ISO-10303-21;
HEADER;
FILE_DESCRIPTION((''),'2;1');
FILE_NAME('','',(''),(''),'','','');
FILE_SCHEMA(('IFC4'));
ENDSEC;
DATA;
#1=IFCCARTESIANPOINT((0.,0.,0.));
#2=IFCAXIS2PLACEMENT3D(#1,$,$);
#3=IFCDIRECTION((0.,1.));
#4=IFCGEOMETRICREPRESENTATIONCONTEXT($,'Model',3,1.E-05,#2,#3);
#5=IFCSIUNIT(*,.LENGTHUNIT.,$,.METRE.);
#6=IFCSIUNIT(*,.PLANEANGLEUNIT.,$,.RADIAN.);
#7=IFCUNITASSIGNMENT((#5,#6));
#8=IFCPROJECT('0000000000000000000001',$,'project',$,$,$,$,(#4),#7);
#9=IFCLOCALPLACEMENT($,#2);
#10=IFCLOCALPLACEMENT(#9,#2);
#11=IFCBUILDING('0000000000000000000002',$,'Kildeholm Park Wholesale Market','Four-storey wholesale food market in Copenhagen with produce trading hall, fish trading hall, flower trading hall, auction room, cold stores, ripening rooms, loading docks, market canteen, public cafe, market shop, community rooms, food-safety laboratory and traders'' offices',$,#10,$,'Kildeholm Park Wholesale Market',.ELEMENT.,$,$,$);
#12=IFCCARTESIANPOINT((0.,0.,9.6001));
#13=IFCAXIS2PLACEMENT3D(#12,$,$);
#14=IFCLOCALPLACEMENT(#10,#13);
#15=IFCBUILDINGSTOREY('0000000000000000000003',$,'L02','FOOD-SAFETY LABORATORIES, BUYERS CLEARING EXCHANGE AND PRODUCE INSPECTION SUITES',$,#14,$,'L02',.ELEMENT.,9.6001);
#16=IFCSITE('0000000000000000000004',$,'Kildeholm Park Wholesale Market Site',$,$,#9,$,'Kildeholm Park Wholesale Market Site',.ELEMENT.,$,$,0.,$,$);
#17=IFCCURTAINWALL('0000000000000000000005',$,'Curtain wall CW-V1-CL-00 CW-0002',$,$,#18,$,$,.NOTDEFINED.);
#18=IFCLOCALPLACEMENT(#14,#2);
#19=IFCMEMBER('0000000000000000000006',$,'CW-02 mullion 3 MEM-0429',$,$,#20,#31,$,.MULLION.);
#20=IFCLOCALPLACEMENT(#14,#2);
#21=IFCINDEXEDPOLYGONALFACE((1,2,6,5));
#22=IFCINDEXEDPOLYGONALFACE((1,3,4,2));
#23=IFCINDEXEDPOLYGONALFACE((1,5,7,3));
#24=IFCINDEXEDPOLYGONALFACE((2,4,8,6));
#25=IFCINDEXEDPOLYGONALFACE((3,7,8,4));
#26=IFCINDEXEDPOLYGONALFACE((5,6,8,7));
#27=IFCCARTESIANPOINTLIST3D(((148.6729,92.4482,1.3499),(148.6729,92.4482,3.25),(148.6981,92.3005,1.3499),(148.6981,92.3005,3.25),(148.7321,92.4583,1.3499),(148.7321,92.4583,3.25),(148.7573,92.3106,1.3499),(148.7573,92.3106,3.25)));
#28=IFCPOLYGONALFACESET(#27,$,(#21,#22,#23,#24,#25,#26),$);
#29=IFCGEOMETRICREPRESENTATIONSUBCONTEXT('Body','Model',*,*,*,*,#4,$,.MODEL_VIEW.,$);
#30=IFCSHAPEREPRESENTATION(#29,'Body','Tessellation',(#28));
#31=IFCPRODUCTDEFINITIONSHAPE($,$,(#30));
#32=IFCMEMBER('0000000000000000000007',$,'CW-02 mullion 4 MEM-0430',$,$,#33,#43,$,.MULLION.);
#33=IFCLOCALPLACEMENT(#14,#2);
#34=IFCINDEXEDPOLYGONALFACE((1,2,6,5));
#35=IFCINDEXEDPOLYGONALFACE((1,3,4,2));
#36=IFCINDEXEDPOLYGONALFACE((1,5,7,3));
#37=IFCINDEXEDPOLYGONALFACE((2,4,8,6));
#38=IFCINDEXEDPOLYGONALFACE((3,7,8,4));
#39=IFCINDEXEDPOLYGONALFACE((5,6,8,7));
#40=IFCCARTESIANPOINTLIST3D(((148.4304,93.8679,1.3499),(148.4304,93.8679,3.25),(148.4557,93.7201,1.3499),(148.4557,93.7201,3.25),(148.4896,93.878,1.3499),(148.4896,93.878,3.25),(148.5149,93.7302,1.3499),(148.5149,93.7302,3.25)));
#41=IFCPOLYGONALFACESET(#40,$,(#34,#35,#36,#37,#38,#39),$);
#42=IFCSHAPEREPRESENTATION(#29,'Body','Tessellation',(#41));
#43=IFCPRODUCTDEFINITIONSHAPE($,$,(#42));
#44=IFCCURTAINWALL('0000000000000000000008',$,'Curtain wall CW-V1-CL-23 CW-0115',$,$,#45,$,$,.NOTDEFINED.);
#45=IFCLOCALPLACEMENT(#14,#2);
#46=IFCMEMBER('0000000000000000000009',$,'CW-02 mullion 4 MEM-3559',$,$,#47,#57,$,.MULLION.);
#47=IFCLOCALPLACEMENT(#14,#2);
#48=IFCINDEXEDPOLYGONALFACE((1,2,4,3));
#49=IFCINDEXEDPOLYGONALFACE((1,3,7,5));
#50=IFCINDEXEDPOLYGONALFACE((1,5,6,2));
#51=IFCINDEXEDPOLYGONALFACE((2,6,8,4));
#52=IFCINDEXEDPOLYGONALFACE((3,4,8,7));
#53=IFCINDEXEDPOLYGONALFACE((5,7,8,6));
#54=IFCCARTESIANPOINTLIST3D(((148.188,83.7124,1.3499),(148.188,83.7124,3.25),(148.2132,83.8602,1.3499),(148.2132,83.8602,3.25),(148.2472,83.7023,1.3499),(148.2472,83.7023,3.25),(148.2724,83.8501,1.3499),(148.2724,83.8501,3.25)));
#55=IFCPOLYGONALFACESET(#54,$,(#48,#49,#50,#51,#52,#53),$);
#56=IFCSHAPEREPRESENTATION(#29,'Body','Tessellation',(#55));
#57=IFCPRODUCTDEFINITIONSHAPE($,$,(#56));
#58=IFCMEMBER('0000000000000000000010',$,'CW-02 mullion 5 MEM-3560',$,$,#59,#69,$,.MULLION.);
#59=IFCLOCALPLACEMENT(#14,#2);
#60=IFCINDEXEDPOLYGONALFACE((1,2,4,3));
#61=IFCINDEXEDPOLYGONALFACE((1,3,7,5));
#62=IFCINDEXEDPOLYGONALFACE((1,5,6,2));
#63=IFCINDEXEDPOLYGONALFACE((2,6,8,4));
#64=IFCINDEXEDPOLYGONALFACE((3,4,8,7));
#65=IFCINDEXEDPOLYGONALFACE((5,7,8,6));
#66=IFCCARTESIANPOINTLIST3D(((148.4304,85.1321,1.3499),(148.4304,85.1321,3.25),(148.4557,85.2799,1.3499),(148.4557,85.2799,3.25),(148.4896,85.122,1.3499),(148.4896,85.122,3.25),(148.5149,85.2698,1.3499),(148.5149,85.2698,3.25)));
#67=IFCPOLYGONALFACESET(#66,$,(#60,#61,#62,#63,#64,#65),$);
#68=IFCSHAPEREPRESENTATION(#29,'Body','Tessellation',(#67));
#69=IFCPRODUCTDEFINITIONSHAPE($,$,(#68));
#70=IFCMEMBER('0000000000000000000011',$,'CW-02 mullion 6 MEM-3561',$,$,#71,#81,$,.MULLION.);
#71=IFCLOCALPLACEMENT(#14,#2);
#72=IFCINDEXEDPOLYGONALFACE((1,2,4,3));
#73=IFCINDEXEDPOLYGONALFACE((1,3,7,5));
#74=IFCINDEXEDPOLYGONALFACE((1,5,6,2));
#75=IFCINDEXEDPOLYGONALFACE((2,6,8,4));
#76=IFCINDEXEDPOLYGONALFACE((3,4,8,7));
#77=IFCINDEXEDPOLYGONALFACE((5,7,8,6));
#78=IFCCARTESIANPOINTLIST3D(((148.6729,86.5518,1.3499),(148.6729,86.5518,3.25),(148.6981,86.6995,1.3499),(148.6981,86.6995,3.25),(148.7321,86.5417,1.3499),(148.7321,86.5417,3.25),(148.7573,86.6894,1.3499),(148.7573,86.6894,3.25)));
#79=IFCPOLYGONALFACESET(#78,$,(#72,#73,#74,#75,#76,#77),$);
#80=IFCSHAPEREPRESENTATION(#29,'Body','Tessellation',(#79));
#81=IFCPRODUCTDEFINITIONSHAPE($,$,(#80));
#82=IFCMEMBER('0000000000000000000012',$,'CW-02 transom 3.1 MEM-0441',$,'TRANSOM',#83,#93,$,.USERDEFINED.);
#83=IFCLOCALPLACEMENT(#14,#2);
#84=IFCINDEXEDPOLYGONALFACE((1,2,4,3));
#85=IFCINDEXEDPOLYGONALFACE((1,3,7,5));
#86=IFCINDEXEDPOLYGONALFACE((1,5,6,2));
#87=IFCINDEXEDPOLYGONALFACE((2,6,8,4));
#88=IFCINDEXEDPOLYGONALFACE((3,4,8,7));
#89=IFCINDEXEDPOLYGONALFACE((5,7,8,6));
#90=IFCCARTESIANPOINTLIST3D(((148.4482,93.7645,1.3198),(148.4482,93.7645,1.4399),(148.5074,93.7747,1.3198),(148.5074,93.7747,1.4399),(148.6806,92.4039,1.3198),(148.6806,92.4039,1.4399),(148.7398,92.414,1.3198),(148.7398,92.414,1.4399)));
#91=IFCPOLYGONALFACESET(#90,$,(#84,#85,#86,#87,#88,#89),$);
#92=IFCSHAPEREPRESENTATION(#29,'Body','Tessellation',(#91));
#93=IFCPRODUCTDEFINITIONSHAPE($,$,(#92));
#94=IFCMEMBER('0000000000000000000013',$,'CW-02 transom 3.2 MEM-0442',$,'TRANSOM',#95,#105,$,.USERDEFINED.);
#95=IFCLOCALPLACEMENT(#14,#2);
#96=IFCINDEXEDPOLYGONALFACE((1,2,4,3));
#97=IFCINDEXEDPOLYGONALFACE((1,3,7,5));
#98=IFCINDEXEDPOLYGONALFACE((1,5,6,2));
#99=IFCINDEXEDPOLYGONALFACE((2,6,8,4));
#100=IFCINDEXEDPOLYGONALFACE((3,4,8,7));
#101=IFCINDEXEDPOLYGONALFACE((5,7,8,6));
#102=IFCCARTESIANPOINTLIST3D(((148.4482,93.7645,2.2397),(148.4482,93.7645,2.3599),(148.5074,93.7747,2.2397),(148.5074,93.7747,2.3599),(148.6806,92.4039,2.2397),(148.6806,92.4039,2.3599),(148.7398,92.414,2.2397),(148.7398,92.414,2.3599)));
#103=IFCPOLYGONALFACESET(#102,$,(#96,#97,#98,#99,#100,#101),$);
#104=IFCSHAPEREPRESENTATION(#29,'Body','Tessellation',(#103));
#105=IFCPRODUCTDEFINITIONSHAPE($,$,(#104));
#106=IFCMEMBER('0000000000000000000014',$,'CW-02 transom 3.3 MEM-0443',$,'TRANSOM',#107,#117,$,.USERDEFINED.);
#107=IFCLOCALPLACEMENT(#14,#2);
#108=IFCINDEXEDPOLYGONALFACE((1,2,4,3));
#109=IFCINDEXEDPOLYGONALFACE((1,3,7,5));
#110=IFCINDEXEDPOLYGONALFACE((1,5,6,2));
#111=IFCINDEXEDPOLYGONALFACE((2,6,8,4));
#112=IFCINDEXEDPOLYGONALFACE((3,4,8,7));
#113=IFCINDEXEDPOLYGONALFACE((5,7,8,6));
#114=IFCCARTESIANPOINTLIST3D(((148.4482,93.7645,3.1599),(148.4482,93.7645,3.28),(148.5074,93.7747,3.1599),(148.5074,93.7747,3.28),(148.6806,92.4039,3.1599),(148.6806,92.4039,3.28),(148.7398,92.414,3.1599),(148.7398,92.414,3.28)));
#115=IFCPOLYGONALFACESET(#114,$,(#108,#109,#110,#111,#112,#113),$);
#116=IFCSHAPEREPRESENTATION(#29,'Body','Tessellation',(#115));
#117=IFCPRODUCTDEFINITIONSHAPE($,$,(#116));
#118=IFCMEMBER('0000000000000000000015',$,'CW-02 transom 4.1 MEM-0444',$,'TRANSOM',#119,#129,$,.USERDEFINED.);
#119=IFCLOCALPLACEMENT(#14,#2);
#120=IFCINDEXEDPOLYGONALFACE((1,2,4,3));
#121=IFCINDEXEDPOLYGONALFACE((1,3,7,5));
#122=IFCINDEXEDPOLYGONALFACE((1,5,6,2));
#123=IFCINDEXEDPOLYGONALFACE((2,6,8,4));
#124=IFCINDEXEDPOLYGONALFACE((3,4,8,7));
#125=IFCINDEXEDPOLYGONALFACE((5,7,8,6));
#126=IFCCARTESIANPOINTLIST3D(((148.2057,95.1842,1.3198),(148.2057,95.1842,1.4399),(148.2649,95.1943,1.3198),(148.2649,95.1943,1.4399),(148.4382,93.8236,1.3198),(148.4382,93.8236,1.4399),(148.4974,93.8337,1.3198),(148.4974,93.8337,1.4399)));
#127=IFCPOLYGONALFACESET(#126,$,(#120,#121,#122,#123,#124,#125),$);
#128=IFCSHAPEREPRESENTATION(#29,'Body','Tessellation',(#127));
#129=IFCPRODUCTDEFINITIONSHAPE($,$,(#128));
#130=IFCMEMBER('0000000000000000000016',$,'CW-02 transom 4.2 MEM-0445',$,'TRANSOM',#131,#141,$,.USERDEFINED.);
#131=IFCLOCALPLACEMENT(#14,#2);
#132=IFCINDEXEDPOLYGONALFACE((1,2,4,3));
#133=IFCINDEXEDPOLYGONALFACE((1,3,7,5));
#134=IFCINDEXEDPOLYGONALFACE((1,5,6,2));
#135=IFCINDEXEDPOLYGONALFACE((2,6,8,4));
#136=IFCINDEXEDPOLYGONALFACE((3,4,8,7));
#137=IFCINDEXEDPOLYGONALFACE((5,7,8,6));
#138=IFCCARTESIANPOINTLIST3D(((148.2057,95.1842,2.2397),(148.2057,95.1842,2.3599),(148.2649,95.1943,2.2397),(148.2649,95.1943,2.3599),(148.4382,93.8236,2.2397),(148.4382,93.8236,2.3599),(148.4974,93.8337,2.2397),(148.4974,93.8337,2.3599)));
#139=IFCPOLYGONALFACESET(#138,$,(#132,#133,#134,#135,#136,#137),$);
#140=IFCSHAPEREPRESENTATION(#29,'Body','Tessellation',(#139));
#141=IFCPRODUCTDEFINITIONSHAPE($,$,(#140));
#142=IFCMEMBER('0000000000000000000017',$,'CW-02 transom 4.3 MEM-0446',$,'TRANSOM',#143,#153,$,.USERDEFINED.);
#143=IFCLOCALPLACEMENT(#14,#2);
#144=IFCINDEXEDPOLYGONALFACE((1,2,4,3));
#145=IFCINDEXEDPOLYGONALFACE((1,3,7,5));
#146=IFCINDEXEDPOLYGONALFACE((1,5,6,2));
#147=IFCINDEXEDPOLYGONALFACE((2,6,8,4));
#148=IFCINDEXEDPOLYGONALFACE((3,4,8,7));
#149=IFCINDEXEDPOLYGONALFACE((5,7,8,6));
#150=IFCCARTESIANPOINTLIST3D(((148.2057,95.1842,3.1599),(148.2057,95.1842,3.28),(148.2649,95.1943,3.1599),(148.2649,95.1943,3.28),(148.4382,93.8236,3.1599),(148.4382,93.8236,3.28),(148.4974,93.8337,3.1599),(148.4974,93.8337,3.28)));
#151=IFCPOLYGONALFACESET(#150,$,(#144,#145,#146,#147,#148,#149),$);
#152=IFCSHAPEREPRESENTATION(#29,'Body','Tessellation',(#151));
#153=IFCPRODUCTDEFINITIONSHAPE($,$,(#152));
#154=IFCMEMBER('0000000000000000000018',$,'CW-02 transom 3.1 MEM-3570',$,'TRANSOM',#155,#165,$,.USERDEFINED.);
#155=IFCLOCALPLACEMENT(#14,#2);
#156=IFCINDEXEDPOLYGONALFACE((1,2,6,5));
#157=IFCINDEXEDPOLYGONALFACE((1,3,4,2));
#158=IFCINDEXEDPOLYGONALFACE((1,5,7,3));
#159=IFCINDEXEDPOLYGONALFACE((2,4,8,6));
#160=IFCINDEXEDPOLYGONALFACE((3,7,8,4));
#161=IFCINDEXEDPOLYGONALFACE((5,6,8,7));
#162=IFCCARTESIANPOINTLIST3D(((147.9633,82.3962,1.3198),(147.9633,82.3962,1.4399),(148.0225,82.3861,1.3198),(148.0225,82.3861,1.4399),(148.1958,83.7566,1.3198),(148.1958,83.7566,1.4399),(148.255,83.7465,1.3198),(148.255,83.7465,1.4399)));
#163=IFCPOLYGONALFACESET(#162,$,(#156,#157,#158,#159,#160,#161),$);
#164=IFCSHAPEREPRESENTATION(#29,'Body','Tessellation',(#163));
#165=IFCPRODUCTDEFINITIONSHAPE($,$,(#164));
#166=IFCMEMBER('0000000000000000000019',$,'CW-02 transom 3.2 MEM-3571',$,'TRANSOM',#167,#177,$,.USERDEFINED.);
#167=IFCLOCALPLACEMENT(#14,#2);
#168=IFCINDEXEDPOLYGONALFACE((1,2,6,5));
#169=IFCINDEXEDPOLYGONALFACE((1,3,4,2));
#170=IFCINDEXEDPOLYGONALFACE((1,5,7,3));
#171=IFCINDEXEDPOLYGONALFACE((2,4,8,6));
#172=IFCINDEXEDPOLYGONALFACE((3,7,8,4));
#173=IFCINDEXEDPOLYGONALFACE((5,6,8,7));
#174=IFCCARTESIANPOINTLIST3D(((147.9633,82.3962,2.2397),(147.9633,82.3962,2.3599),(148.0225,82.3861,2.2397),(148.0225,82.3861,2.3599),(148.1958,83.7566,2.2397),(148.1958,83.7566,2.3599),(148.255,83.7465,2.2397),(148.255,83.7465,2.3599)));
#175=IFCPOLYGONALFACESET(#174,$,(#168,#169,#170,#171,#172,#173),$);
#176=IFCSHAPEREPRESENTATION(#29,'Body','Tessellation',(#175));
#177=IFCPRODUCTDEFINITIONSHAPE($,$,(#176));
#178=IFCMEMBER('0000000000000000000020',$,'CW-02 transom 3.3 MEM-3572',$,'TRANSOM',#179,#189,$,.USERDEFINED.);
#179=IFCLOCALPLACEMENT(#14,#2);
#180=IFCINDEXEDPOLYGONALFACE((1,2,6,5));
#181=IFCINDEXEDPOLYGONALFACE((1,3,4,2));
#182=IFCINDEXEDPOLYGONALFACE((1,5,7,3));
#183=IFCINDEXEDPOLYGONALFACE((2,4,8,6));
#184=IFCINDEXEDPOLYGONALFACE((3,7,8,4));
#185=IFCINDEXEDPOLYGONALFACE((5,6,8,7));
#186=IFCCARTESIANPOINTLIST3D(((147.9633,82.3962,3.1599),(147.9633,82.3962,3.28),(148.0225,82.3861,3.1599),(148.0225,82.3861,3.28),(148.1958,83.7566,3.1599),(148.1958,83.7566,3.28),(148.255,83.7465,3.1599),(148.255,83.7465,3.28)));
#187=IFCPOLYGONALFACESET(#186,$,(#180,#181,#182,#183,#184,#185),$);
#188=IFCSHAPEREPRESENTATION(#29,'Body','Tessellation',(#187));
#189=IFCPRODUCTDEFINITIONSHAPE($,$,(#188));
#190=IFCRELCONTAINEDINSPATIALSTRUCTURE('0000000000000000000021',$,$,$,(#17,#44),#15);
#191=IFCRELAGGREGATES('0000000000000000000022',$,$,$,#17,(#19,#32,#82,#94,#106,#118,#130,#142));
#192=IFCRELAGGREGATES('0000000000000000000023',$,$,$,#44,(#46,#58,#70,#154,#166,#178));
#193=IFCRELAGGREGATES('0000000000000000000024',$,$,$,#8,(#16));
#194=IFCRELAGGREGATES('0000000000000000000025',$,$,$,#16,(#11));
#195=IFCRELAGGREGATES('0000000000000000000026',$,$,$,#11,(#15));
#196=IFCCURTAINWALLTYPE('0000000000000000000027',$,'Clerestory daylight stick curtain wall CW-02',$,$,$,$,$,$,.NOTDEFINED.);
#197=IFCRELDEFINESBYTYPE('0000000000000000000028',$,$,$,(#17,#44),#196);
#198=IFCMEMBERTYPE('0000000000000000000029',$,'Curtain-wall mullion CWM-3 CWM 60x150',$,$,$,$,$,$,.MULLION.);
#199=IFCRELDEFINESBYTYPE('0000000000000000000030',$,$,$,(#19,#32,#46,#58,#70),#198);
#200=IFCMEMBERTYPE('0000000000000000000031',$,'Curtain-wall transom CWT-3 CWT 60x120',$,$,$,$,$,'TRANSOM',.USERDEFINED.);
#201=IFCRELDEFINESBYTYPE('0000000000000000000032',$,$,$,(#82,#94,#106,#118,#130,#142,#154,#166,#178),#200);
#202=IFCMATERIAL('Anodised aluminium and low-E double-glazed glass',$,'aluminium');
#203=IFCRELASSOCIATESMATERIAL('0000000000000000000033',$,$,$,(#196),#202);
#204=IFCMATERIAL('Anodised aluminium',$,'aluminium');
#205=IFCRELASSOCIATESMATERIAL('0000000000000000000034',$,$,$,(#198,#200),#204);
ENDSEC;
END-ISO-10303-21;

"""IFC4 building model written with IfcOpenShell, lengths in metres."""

from ifc_helpers import new_model, si_unit, direction, frame, origin, origin_2d, place, context, subcontext, project, spatial, rectangle, extrude, material, material_profile, profile_set, type_object, element, aggregate, save


model = new_model("IFC4")

# Units and contexts
model_context = context("Model", 3, precision=1e-05, world=origin(), true_north=direction((0.0, 1.0)))
body_context = subcontext(model_context, "Body", "Model", "MODEL_VIEW")
ifc_project = project(units=[si_unit("LENGTHUNIT", "METRE"), si_unit("PLANEANGLEUNIT", "RADIAN")], contexts=[model_context])

# Site, building, storey
site_placement = place(None, origin())
site = spatial("IfcSite", under=ifc_project, at=site_placement, Name="Kildeholm Park Wholesale Market Site", LongName="Kildeholm Park Wholesale Market Site", CompositionType="ELEMENT", RefElevation=0.0)
building_placement = place(site_placement, origin())
building = spatial("IfcBuilding", under=site, at=building_placement, Name="Kildeholm Park Wholesale Market", Description="Four-storey wholesale food market in Copenhagen with produce trading hall, fish trading hall, flower trading hall, auction room, cold stores, ripening rooms, loading docks, market canteen, public cafe, market shop, community rooms, food-safety laboratory and traders' offices", LongName="Kildeholm Park Wholesale Market", CompositionType="ELEMENT")
storey_placement = place(building_placement, frame((0.0, 0.0, 9.6001)))
storey = spatial("IfcBuildingStorey", under=building, at=storey_placement, Name="L02", Description="FOOD-SAFETY LABORATORIES, BUYERS CLEARING EXCHANGE AND PRODUCE INSPECTION SUITES", LongName="L02", CompositionType="ELEMENT", Elevation=9.6001)

# Curtain walls, members
ifc_material_1 = material(Name="Anodised aluminium and low-E double-glazed glass", Category="aluminium")
curtain_wall_type = type_object("IfcCurtainWallType", Name="Clerestory daylight stick curtain wall CW-02", PredefinedType="NOTDEFINED", material=ifc_material_1)
curtain_wall_1_placement = place(storey_placement, origin())
curtain_wall_1 = element("IfcCurtainWall", 1, at=curtain_wall_1_placement, inside=storey, type_object=curtain_wall_type, Name="Curtain wall CW-V1-CL-00 CW-0002", PredefinedType="NOTDEFINED")
ifc_material_2 = material(Name="Anodised aluminium", Category="aluminium")
ifc_material_profile_1 = material_profile(ifc_material_2, rectangle(XDim=0.0601, YDim=0.1499, at=origin_2d()), Name="CWM 60x150")
ifc_profile_set_1 = profile_set([ifc_material_profile_1], Name="Anodised aluminium")
member_type_1 = type_object("IfcMemberType", Name="Curtain-wall mullion CWM-3 CWM 60x150", PredefinedType="MULLION", material=ifc_profile_set_1)
member_1_placement = place(storey_placement, frame((148.7151, 92.3794, 1.3499), z_axis=(0.0, 0.0, 1.0), x_axis=(-0.985732, -0.168322, 0.0)))
member_1 = element("IfcMember", 2, at=member_1_placement, type_object=member_type_1, Name="CW-02 mullion 3 MEM-0429", PredefinedType="MULLION", context=body_context, shape_type="SweptSolid", body=[
    extrude(rectangle(XDim=0.0601, YDim=0.1499, at=origin_2d()), origin(), (0.0, 0.0, 1.0), 1.9001),
])
member_2_placement = place(storey_placement, frame((148.4727, 93.7991, 1.3499), z_axis=(0.0, 0.0, 1.0), x_axis=(-0.985732, -0.168322, 0.0)))
member_2 = element("IfcMember", 3, at=member_2_placement, type_object=member_type_1, Name="CW-02 mullion 4 MEM-0430", PredefinedType="MULLION", context=body_context, shape_type="SweptSolid", body=[
    extrude(rectangle(XDim=0.0601, YDim=0.1499, at=origin_2d()), origin(), (0.0, 0.0, 1.0), 1.9001),
])
curtain_wall_2_placement = place(storey_placement, origin())
curtain_wall_2 = element("IfcCurtainWall", 4, at=curtain_wall_2_placement, inside=storey, type_object=curtain_wall_type, Name="Curtain wall CW-V1-CL-23 CW-0115", PredefinedType="NOTDEFINED")
member_3_placement = place(storey_placement, frame((148.2302, 83.7812, 1.3499), z_axis=(0.0, 0.0, 1.0), x_axis=(-0.985732, 0.168322, 0.0)))
member_3 = element("IfcMember", 5, at=member_3_placement, type_object=member_type_1, Name="CW-02 mullion 4 MEM-3559", PredefinedType="MULLION", context=body_context, shape_type="SweptSolid", body=[
    extrude(rectangle(XDim=0.0601, YDim=0.1499, at=origin_2d()), origin(), (0.0, 0.0, 1.0), 1.9001),
])
member_4_placement = place(storey_placement, frame((148.4727, 85.2009, 1.3499), z_axis=(0.0, 0.0, 1.0), x_axis=(-0.985732, 0.168322, 0.0)))
member_4 = element("IfcMember", 6, at=member_4_placement, type_object=member_type_1, Name="CW-02 mullion 5 MEM-3560", PredefinedType="MULLION", context=body_context, shape_type="SweptSolid", body=[
    extrude(rectangle(XDim=0.0601, YDim=0.1499, at=origin_2d()), origin(), (0.0, 0.0, 1.0), 1.9001),
])
member_5_placement = place(storey_placement, frame((148.7151, 86.6206, 1.3499), z_axis=(0.0, 0.0, 1.0), x_axis=(-0.985732, 0.168322, 0.0)))
member_5 = element("IfcMember", 7, at=member_5_placement, type_object=member_type_1, Name="CW-02 mullion 6 MEM-3561", PredefinedType="MULLION", context=body_context, shape_type="SweptSolid", body=[
    extrude(rectangle(XDim=0.0601, YDim=0.1499, at=origin_2d()), origin(), (0.0, 0.0, 1.0), 1.9001),
])

# Members
ifc_material_profile_2 = material_profile(ifc_material_2, rectangle(XDim=0.0601, YDim=0.1201, at=origin_2d()), Name="CWT 60x120")
ifc_profile_set_2 = profile_set([ifc_material_profile_2], Name="Anodised aluminium")
member_type_2 = type_object("IfcMemberType", Name="Curtain-wall transom CWT-3 CWT 60x120", ElementType="TRANSOM", PredefinedType="USERDEFINED", material=ifc_profile_set_2)
member_6_placement = place(storey_placement, frame((148.7102, 92.4089, 1.3799), z_axis=(-0.168384, 0.985721, 0.0), x_axis=(-0.985721, -0.168384, 0.0)))
member_6 = element("IfcMember", 8, at=member_6_placement, type_object=member_type_2, Name="CW-02 transom 3.1 MEM-0441", ObjectType="TRANSOM", PredefinedType="USERDEFINED", context=body_context, shape_type="SweptSolid", body=[
    extrude(rectangle(XDim=0.0601, YDim=0.1201, at=origin_2d()), origin(), (0.0, 0.0, 1.0), 1.3804),
])
member_7_placement = place(storey_placement, frame((148.7102, 92.4089, 2.2998), z_axis=(-0.168384, 0.985721, 0.0), x_axis=(-0.985721, -0.168384, 0.0)))
member_7 = element("IfcMember", 9, at=member_7_placement, type_object=member_type_2, Name="CW-02 transom 3.2 MEM-0442", ObjectType="TRANSOM", PredefinedType="USERDEFINED", context=body_context, shape_type="SweptSolid", body=[
    extrude(rectangle(XDim=0.0601, YDim=0.1201, at=origin_2d()), origin(), (0.0, 0.0, 1.0), 1.3804),
])
member_8_placement = place(storey_placement, frame((148.7102, 92.4089, 3.22), z_axis=(-0.168384, 0.985721, 0.0), x_axis=(-0.985721, -0.168384, 0.0)))
member_8 = element("IfcMember", 10, at=member_8_placement, type_object=member_type_2, Name="CW-02 transom 3.3 MEM-0443", ObjectType="TRANSOM", PredefinedType="USERDEFINED", context=body_context, shape_type="SweptSolid", body=[
    extrude(rectangle(XDim=0.0601, YDim=0.1201, at=origin_2d()), origin(), (0.0, 0.0, 1.0), 1.3804),
])
member_9_placement = place(storey_placement, frame((148.4678, 93.8286, 1.3799), z_axis=(-0.168384, 0.985721, 0.0), x_axis=(-0.985721, -0.168384, 0.0)))
member_9 = element("IfcMember", 11, at=member_9_placement, type_object=member_type_2, Name="CW-02 transom 4.1 MEM-0444", ObjectType="TRANSOM", PredefinedType="USERDEFINED", context=body_context, shape_type="SweptSolid", body=[
    extrude(rectangle(XDim=0.0601, YDim=0.1201, at=origin_2d()), origin(), (0.0, 0.0, 1.0), 1.3804),
])
member_10_placement = place(storey_placement, frame((148.4678, 93.8286, 2.2998), z_axis=(-0.168384, 0.985721, 0.0), x_axis=(-0.985721, -0.168384, 0.0)))
member_10 = element("IfcMember", 12, at=member_10_placement, type_object=member_type_2, Name="CW-02 transom 4.2 MEM-0445", ObjectType="TRANSOM", PredefinedType="USERDEFINED", context=body_context, shape_type="SweptSolid", body=[
    extrude(rectangle(XDim=0.0601, YDim=0.1201, at=origin_2d()), origin(), (0.0, 0.0, 1.0), 1.3804),
])
member_11_placement = place(storey_placement, frame((148.4678, 93.8286, 3.22), z_axis=(-0.168384, 0.985721, 0.0), x_axis=(-0.985721, -0.168384, 0.0)))
member_11 = element("IfcMember", 13, at=member_11_placement, type_object=member_type_2, Name="CW-02 transom 4.3 MEM-0446", ObjectType="TRANSOM", PredefinedType="USERDEFINED", context=body_context, shape_type="SweptSolid", body=[
    extrude(rectangle(XDim=0.0601, YDim=0.1201, at=origin_2d()), origin(), (0.0, 0.0, 1.0), 1.3804),
])
member_12_placement = place(storey_placement, frame((147.9929, 82.3911, 1.3799), z_axis=(0.168414, 0.985716, 0.0), x_axis=(-0.985716, 0.168414, 0.0)))
member_12 = element("IfcMember", 14, at=member_12_placement, type_object=member_type_2, Name="CW-02 transom 3.1 MEM-3570", ObjectType="TRANSOM", PredefinedType="USERDEFINED", context=body_context, shape_type="SweptSolid", body=[
    extrude(rectangle(XDim=0.0601, YDim=0.1201, at=origin_2d()), origin(), (0.0, 0.0, 1.0), 1.3801),
])
member_13_placement = place(storey_placement, frame((147.9929, 82.3911, 2.2998), z_axis=(0.168414, 0.985716, 0.0), x_axis=(-0.985716, 0.168414, 0.0)))
member_13 = element("IfcMember", 15, at=member_13_placement, type_object=member_type_2, Name="CW-02 transom 3.2 MEM-3571", ObjectType="TRANSOM", PredefinedType="USERDEFINED", context=body_context, shape_type="SweptSolid", body=[
    extrude(rectangle(XDim=0.0601, YDim=0.1201, at=origin_2d()), origin(), (0.0, 0.0, 1.0), 1.3801),
])
member_14_placement = place(storey_placement, frame((147.9929, 82.3911, 3.22), z_axis=(0.168414, 0.985716, 0.0), x_axis=(-0.985716, 0.168414, 0.0)))
member_14 = element("IfcMember", 16, at=member_14_placement, type_object=member_type_2, Name="CW-02 transom 3.3 MEM-3572", ObjectType="TRANSOM", PredefinedType="USERDEFINED", context=body_context, shape_type="SweptSolid", body=[
    extrude(rectangle(XDim=0.0601, YDim=0.1201, at=origin_2d()), origin(), (0.0, 0.0, 1.0), 1.3801),
])

aggregate(curtain_wall_1, [member_1, member_2, member_6, member_7, member_8, member_9, member_10, member_11])
aggregate(curtain_wall_2, [member_3, member_4, member_5, member_12, member_13, member_14])

save(model, "model.ifc")
